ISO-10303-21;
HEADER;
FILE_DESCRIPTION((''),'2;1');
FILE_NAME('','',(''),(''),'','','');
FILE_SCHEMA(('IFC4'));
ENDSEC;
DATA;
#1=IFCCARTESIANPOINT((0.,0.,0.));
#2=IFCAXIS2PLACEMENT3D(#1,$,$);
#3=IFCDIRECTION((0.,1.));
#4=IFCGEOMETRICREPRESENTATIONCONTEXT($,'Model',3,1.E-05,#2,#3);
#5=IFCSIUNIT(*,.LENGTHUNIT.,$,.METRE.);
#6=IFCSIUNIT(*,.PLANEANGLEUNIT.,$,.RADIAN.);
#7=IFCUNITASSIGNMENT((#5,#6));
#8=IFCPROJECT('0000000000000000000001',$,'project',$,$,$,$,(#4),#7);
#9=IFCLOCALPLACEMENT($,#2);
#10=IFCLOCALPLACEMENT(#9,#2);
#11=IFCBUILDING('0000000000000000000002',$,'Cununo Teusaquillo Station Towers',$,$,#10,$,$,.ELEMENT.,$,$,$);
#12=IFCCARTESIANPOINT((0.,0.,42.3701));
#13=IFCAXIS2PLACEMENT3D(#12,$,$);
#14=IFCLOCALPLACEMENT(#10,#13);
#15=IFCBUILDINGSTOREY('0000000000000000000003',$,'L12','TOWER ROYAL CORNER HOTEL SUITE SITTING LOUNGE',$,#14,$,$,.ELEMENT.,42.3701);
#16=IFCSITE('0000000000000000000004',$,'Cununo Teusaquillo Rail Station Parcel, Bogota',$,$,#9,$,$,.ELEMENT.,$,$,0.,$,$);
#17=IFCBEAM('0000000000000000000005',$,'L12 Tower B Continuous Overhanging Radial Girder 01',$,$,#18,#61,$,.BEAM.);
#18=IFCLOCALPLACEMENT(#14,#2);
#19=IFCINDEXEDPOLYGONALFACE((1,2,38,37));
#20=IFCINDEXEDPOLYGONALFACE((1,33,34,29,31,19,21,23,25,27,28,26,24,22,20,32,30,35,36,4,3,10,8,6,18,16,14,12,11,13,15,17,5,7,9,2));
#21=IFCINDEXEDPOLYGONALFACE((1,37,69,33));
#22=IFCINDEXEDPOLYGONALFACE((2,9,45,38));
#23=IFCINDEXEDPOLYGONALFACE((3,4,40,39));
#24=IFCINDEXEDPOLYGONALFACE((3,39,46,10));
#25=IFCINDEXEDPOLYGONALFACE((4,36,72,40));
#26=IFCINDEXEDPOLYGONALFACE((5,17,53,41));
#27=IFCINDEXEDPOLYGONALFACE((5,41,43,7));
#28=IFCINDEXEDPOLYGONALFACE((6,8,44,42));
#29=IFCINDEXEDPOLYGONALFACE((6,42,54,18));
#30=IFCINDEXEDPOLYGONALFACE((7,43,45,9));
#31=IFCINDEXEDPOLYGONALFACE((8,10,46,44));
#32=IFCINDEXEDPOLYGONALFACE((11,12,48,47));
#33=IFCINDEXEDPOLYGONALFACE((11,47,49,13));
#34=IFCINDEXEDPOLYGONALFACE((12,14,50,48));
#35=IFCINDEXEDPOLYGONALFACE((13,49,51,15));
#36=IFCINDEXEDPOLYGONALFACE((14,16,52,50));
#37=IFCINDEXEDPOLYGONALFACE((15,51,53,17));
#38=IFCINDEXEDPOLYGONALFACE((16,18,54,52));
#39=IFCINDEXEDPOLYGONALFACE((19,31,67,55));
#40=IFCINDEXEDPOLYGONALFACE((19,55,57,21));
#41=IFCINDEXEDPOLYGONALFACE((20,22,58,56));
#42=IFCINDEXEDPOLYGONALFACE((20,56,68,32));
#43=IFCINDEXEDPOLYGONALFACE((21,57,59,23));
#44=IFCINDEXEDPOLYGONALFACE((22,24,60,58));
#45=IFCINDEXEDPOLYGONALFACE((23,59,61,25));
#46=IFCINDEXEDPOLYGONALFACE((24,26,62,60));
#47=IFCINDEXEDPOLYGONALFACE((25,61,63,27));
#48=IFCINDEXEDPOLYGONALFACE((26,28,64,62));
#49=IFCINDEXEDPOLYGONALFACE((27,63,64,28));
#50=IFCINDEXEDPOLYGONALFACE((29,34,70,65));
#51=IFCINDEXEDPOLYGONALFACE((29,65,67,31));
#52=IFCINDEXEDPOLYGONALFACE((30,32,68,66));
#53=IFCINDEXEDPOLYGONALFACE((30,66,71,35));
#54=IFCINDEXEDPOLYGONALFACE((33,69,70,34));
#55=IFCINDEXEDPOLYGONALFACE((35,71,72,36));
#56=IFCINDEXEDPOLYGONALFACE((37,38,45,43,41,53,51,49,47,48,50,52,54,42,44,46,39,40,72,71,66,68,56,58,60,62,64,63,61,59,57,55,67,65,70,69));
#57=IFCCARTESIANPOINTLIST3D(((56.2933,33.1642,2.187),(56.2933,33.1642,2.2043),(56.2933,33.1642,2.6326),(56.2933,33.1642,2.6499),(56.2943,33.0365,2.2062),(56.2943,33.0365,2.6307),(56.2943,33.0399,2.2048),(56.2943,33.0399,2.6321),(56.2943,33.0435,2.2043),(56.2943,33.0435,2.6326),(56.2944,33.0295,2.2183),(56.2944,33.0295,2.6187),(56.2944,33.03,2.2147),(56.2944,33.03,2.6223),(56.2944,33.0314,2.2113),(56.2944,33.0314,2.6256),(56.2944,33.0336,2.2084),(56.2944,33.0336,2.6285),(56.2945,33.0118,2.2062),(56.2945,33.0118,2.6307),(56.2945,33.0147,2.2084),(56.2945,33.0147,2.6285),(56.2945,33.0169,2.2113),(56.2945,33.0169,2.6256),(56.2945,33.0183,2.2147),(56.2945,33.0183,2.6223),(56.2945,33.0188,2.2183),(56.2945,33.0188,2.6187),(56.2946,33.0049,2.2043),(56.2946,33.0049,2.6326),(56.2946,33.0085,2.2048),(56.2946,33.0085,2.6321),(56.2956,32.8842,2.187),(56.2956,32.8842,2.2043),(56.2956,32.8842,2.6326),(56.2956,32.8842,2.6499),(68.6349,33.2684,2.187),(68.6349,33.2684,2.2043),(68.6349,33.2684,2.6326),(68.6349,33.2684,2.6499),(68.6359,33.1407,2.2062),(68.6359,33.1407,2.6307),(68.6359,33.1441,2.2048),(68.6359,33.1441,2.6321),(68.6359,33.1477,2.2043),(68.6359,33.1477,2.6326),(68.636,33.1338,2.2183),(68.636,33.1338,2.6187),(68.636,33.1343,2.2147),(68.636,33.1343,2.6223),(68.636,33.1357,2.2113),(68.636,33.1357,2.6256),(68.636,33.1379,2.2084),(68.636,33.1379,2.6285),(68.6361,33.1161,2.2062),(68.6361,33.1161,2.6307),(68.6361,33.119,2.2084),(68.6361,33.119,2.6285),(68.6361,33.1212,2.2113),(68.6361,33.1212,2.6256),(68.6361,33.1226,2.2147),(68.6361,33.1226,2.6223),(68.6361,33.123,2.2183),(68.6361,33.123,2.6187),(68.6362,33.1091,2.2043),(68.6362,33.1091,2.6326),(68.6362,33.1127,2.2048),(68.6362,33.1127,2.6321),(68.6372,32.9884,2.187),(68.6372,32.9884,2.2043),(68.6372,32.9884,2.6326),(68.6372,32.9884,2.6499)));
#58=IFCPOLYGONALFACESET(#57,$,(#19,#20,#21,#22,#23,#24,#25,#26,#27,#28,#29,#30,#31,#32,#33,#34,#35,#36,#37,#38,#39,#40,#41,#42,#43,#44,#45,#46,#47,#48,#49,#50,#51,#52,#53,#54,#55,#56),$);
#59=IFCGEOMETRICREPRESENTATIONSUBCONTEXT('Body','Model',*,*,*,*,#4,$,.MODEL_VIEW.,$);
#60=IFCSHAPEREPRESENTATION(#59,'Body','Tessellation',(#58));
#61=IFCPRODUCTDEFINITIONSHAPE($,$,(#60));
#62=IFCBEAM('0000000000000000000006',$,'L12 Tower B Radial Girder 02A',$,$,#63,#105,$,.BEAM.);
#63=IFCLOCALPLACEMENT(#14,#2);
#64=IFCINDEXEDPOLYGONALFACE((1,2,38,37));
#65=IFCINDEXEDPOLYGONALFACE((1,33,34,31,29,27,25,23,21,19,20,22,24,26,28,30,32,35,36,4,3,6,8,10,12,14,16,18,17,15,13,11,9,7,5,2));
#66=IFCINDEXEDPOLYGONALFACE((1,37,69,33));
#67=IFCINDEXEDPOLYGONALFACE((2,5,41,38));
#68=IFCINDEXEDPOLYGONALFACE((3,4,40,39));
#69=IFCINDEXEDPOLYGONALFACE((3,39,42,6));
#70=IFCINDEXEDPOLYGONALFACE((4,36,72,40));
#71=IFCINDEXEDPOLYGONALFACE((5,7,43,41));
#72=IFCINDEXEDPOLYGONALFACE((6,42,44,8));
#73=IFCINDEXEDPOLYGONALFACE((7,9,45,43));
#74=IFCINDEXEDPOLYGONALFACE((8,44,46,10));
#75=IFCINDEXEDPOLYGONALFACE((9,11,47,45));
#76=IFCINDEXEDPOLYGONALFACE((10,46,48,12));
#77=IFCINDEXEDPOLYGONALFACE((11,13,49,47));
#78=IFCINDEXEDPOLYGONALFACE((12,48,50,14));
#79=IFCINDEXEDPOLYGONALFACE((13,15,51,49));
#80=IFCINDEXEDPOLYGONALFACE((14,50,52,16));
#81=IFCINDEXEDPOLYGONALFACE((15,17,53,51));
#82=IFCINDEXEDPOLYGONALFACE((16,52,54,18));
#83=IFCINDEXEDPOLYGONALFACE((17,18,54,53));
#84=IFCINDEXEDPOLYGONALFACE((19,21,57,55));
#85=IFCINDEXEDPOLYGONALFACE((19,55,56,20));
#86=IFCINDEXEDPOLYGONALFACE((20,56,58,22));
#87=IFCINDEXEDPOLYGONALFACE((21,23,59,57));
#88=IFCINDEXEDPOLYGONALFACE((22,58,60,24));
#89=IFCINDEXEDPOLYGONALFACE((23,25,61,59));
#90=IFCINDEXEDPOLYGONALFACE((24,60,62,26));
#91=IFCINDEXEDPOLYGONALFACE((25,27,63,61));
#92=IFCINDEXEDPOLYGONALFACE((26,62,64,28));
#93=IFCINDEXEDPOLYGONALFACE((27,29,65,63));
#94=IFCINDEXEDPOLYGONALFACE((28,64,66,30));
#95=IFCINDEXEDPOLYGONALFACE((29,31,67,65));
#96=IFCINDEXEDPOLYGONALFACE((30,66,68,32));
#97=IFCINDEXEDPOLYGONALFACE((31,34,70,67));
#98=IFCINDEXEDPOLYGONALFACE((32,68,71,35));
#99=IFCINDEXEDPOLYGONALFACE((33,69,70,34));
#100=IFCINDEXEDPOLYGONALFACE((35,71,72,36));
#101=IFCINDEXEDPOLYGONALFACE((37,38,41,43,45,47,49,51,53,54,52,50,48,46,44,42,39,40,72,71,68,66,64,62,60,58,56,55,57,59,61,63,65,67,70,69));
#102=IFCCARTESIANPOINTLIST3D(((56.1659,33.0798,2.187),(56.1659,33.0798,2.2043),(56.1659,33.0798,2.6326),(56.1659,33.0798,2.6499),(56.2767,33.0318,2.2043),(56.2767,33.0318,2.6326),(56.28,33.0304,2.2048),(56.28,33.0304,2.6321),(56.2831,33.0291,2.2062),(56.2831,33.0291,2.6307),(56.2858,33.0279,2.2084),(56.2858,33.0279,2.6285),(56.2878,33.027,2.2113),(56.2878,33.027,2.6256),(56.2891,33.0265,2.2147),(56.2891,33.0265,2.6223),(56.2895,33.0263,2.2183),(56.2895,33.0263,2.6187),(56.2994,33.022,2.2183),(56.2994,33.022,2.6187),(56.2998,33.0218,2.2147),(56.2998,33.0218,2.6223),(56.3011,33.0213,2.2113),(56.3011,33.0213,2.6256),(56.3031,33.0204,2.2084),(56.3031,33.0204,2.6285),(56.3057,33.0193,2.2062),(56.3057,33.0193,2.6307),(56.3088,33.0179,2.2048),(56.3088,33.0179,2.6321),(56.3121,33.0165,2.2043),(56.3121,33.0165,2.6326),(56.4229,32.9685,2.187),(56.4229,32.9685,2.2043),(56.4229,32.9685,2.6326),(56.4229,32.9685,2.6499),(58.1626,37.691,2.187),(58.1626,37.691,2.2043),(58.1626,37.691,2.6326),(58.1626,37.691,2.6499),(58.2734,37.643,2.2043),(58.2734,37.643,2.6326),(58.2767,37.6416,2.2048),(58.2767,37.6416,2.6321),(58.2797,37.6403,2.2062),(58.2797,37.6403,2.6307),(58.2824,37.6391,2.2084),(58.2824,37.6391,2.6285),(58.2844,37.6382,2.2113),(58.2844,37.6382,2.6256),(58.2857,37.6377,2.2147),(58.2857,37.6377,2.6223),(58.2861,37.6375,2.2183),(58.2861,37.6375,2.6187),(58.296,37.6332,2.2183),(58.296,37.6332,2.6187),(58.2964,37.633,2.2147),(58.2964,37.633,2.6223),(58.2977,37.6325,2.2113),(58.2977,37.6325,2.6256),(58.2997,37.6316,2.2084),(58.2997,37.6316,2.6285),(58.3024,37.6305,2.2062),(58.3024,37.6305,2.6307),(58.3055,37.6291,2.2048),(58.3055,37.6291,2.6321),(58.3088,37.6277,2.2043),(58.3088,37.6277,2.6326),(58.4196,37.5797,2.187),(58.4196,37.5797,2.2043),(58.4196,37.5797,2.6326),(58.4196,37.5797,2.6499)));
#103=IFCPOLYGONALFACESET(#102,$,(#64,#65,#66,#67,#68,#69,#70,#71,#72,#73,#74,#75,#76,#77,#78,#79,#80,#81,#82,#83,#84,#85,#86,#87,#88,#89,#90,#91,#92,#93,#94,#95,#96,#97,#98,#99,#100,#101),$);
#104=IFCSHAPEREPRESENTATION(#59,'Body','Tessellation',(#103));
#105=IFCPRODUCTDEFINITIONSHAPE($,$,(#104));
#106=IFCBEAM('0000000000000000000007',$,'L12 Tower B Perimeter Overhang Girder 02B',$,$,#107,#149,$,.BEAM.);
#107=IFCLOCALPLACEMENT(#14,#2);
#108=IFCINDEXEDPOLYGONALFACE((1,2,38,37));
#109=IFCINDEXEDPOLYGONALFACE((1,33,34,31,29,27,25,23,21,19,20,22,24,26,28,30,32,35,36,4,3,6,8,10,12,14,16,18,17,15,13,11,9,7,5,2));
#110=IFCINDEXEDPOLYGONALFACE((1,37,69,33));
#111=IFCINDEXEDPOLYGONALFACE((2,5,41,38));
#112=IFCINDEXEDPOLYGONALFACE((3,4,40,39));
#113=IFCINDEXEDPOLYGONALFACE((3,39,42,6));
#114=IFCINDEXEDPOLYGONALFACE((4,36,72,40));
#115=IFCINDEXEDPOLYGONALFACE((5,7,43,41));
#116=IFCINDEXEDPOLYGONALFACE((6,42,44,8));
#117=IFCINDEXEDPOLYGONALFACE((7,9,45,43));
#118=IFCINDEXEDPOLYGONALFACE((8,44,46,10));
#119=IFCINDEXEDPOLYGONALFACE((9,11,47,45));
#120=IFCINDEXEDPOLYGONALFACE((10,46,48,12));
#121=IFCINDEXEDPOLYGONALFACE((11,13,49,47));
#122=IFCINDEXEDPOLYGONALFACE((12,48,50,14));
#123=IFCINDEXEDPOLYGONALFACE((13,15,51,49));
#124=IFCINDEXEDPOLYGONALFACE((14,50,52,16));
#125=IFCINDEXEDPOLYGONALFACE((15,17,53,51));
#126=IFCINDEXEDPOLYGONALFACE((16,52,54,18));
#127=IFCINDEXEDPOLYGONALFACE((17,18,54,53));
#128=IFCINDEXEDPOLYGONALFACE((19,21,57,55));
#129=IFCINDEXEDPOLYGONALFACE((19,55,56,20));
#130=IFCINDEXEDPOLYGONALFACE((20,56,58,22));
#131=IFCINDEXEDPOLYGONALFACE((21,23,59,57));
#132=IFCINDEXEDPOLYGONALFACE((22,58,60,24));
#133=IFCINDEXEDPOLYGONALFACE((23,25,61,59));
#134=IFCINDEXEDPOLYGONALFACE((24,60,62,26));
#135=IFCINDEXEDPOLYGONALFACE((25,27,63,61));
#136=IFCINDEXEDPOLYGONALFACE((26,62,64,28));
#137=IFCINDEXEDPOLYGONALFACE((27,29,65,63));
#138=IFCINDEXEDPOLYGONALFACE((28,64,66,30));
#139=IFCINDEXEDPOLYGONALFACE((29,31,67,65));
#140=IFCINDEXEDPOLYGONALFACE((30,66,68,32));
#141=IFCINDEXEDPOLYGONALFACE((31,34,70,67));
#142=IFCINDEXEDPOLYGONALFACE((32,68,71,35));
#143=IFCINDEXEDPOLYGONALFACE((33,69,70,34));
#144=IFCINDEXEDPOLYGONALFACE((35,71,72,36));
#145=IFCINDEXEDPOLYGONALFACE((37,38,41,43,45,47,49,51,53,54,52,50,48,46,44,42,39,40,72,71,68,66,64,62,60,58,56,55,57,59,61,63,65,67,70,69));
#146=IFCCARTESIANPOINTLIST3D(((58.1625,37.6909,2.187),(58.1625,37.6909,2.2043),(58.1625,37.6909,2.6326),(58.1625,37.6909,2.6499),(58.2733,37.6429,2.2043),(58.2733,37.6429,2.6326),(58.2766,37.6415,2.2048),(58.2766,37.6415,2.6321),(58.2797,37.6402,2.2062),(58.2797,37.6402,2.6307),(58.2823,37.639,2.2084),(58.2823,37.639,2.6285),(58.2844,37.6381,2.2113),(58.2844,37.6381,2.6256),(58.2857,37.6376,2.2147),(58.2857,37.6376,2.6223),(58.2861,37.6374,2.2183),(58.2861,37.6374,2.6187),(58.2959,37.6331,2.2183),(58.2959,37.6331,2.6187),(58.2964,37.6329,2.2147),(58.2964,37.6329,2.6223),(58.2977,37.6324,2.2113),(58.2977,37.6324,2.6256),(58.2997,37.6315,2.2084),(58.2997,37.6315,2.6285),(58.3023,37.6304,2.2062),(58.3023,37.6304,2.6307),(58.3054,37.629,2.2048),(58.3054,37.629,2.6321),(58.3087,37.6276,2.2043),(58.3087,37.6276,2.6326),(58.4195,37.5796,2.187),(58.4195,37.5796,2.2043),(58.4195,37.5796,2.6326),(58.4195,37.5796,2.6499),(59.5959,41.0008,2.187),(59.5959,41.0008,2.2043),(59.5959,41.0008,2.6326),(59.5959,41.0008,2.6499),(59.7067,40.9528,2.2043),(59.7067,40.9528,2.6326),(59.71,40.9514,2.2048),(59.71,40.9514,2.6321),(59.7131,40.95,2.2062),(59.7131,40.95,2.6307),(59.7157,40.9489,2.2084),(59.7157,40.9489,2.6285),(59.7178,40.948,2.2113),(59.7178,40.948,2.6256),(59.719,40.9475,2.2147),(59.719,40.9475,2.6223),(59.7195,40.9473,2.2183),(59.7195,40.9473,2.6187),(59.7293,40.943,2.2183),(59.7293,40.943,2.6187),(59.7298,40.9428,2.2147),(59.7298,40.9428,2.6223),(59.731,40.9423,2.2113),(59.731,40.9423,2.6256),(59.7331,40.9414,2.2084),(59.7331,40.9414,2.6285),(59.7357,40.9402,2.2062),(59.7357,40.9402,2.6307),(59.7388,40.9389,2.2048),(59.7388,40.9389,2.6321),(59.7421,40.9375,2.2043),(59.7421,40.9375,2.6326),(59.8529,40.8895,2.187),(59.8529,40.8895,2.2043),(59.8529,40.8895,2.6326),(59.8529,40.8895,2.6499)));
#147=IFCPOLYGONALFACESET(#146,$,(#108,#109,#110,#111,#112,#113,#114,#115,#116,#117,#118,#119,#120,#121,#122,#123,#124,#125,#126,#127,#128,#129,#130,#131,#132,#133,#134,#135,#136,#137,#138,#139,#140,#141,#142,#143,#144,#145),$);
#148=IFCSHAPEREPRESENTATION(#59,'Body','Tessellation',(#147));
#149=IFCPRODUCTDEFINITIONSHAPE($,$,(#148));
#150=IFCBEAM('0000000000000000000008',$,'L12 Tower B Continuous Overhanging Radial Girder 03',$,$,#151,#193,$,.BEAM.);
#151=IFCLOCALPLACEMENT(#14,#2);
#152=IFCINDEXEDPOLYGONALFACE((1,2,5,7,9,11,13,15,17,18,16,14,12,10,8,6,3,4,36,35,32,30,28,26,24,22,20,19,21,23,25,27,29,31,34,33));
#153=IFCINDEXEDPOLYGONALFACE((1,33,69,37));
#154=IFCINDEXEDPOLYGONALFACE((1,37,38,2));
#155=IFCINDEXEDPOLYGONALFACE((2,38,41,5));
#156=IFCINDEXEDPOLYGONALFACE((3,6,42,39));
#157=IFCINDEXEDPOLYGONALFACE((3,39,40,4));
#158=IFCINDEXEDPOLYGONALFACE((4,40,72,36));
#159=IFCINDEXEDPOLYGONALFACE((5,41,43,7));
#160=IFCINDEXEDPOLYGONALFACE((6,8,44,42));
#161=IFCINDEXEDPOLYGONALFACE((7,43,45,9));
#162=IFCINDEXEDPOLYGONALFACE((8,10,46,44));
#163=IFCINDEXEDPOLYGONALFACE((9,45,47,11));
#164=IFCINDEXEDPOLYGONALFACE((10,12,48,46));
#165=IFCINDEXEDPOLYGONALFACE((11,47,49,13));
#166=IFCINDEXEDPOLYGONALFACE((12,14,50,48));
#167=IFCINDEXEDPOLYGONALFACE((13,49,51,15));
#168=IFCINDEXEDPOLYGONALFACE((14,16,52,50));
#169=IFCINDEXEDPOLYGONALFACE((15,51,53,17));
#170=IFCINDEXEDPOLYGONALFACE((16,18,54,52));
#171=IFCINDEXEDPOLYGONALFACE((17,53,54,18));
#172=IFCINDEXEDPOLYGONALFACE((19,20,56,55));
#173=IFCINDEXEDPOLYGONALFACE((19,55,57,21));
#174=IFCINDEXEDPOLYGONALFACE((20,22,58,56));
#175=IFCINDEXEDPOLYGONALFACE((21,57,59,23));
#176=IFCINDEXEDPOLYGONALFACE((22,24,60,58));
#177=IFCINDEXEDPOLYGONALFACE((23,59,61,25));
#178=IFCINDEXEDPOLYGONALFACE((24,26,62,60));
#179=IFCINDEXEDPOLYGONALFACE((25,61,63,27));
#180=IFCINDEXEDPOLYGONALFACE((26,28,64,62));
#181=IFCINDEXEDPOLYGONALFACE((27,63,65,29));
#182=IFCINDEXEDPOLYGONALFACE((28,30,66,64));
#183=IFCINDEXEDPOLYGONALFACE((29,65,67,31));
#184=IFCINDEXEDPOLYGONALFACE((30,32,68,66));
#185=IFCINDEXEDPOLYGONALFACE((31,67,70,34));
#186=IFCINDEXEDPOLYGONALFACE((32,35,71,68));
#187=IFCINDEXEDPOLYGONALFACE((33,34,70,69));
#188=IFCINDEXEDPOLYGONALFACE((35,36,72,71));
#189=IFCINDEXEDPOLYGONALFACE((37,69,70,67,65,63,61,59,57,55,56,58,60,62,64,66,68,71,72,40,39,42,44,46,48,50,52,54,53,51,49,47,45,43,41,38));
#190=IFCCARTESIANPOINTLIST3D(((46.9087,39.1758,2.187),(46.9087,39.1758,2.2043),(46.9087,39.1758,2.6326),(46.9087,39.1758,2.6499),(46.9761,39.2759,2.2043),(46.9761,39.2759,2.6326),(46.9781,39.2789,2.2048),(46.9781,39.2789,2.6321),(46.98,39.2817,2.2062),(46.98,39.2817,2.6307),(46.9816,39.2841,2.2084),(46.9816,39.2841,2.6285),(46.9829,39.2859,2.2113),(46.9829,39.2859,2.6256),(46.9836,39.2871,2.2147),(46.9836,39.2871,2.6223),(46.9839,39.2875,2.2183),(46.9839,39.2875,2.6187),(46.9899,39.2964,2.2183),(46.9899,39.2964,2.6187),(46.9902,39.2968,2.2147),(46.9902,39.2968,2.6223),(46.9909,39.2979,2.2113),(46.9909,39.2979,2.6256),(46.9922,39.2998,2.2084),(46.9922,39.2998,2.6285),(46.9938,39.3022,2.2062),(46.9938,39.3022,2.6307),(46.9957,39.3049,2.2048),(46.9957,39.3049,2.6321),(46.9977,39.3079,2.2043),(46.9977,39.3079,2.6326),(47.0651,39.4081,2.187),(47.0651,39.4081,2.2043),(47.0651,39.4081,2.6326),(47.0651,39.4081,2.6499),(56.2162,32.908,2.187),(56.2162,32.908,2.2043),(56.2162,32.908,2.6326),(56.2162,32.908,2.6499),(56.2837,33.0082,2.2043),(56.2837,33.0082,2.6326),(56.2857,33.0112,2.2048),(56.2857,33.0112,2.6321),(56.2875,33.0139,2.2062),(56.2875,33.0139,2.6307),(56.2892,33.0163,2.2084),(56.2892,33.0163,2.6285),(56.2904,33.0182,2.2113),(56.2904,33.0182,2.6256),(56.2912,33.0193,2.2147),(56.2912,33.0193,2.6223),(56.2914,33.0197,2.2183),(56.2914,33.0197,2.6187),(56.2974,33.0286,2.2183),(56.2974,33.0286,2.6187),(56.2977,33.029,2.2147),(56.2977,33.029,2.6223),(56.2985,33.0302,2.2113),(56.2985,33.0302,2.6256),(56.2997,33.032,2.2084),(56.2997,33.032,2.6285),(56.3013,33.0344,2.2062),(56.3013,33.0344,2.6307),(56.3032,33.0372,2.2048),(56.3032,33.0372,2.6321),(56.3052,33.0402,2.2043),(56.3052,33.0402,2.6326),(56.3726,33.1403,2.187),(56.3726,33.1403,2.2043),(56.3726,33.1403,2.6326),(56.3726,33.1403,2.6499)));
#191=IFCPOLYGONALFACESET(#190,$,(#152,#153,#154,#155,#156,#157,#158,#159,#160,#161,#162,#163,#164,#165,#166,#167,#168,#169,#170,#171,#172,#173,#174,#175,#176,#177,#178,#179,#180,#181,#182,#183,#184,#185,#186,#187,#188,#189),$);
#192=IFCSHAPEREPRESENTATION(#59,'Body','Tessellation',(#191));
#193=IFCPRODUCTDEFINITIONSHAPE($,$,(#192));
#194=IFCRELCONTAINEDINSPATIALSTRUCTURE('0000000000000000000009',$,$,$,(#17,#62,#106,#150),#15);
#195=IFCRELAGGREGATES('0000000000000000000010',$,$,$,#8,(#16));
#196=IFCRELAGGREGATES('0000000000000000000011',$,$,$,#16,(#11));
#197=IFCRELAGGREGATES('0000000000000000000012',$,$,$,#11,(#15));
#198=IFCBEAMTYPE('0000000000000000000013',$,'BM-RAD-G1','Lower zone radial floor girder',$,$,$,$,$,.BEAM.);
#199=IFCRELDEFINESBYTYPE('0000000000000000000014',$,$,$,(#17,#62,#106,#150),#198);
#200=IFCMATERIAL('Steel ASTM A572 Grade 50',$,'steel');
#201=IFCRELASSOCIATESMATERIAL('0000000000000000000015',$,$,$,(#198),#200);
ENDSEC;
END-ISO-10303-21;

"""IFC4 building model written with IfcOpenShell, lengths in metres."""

from ifc_helpers import new_model, si_unit, direction, frame, origin, origin_2d, place, context, subcontext, project, spatial, i_section, extrude, material, material_profile, profile_set, type_object, element, save


model = new_model("IFC4")

# Units and contexts
model_context = context("Model", 3, precision=1e-05, world=origin(), true_north=direction((0.0, 1.0)))
body_context = subcontext(model_context, "Body", "Model", "MODEL_VIEW")
ifc_project = project(units=[si_unit("LENGTHUNIT", "METRE"), si_unit("PLANEANGLEUNIT", "RADIAN")], contexts=[model_context])

# Site, building, storey
site_placement = place(None, origin())
site = spatial("IfcSite", under=ifc_project, at=site_placement, Name="Cununo Teusaquillo Rail Station Parcel, Bogota", CompositionType="ELEMENT", RefElevation=0.0)
building_placement = place(site_placement, origin())
building = spatial("IfcBuilding", under=site, at=building_placement, Name="Cununo Teusaquillo Station Towers", CompositionType="ELEMENT")
storey_placement = place(building_placement, frame((0.0, 0.0, 42.3701)))
storey = spatial("IfcBuildingStorey", under=building, at=storey_placement, Name="L12", Description="TOWER ROYAL CORNER HOTEL SUITE SITTING LOUNGE", CompositionType="ELEMENT", Elevation=42.3701)

# Beams
ifc_material_1 = material(Name="Steel ASTM A572 Grade 50", Category="steel")
ifc_material_profile_1 = material_profile(ifc_material_1, i_section(OverallWidth=0.28, OverallDepth=0.4629, WebThickness=0.0107, FlangeThickness=0.0173, FilletRadius=0.0139, at=origin_2d()), Name="W18X76")
ifc_profile_set_1 = profile_set([ifc_material_profile_1], Name="Steel ASTM A572 Grade 50")
beam_type_1 = type_object("IfcBeamType", Name="BM-RAD-G1", Description="Lower zone radial floor girder", PredefinedType="BEAM", material=ifc_profile_set_1)
beam_1_placement = place(storey_placement, frame((56.2944, 33.0242, 2.4185), z_axis=(0.999964, 0.008447, 0.0), x_axis=(-0.008447, 0.999964, 0.0)))
element("IfcBeam", 1, at=beam_1_placement, inside=storey, type_object=beam_type_1, Name="L12 Tower B Continuous Overhanging Radial Girder 01", PredefinedType="BEAM", context=body_context, shape_type="SweptSolid", body=[
    extrude(i_section(OverallWidth=0.28, OverallDepth=0.4629, WebThickness=0.0107, FlangeThickness=0.0173, FilletRadius=0.0139, at=origin_2d()), origin(), (0.0, 0.0, 1.0), 12.342),
])
beam_2_placement = place(storey_placement, frame((56.2944, 33.0242, 2.4185), z_axis=(0.397347, 0.917668, 0.0), x_axis=(-0.917668, 0.397347, 0.0)))
element("IfcBeam", 2, at=beam_2_placement, inside=storey, type_object=beam_type_1, Name="L12 Tower B Radial Girder 02A", PredefinedType="BEAM", context=body_context, shape_type="SweptSolid", body=[
    extrude(i_section(OverallWidth=0.28, OverallDepth=0.4629, WebThickness=0.0107, FlangeThickness=0.0173, FilletRadius=0.0139, at=origin_2d()), origin(), (0.0, 0.0, 1.0), 5.0249),
])
beam_3_placement = place(storey_placement, frame((58.291, 37.6353, 2.4185), z_axis=(0.397397, 0.917647, 0.0), x_axis=(-0.917647, 0.397397, 0.0)))
element("IfcBeam", 3, at=beam_3_placement, inside=storey, type_object=beam_type_1, Name="L12 Tower B Perimeter Overhang Girder 02B", PredefinedType="BEAM", context=body_context, shape_type="SweptSolid", body=[
    extrude(i_section(OverallWidth=0.28, OverallDepth=0.4629, WebThickness=0.0107, FlangeThickness=0.0173, FilletRadius=0.0139, at=origin_2d()), origin(), (0.0, 0.0, 1.0), 3.6069),
])
beam_4_placement = place(storey_placement, frame((56.2944, 33.0242, 2.4185), z_axis=(-0.829461, 0.558565, 0.0), x_axis=(-0.558565, -0.829461, 0.0)))
element("IfcBeam", 4, at=beam_4_placement, inside=storey, type_object=beam_type_1, Name="L12 Tower B Continuous Overhanging Radial Girder 03", PredefinedType="BEAM", context=body_context, shape_type="SweptSolid", body=[
    extrude(i_section(OverallWidth=0.28, OverallDepth=0.4629, WebThickness=0.0107, FlangeThickness=0.0173, FilletRadius=0.0139, at=origin_2d()), origin(), (0.0, 0.0, 1.0), 11.2212),
])

save(model, "model.ifc")
